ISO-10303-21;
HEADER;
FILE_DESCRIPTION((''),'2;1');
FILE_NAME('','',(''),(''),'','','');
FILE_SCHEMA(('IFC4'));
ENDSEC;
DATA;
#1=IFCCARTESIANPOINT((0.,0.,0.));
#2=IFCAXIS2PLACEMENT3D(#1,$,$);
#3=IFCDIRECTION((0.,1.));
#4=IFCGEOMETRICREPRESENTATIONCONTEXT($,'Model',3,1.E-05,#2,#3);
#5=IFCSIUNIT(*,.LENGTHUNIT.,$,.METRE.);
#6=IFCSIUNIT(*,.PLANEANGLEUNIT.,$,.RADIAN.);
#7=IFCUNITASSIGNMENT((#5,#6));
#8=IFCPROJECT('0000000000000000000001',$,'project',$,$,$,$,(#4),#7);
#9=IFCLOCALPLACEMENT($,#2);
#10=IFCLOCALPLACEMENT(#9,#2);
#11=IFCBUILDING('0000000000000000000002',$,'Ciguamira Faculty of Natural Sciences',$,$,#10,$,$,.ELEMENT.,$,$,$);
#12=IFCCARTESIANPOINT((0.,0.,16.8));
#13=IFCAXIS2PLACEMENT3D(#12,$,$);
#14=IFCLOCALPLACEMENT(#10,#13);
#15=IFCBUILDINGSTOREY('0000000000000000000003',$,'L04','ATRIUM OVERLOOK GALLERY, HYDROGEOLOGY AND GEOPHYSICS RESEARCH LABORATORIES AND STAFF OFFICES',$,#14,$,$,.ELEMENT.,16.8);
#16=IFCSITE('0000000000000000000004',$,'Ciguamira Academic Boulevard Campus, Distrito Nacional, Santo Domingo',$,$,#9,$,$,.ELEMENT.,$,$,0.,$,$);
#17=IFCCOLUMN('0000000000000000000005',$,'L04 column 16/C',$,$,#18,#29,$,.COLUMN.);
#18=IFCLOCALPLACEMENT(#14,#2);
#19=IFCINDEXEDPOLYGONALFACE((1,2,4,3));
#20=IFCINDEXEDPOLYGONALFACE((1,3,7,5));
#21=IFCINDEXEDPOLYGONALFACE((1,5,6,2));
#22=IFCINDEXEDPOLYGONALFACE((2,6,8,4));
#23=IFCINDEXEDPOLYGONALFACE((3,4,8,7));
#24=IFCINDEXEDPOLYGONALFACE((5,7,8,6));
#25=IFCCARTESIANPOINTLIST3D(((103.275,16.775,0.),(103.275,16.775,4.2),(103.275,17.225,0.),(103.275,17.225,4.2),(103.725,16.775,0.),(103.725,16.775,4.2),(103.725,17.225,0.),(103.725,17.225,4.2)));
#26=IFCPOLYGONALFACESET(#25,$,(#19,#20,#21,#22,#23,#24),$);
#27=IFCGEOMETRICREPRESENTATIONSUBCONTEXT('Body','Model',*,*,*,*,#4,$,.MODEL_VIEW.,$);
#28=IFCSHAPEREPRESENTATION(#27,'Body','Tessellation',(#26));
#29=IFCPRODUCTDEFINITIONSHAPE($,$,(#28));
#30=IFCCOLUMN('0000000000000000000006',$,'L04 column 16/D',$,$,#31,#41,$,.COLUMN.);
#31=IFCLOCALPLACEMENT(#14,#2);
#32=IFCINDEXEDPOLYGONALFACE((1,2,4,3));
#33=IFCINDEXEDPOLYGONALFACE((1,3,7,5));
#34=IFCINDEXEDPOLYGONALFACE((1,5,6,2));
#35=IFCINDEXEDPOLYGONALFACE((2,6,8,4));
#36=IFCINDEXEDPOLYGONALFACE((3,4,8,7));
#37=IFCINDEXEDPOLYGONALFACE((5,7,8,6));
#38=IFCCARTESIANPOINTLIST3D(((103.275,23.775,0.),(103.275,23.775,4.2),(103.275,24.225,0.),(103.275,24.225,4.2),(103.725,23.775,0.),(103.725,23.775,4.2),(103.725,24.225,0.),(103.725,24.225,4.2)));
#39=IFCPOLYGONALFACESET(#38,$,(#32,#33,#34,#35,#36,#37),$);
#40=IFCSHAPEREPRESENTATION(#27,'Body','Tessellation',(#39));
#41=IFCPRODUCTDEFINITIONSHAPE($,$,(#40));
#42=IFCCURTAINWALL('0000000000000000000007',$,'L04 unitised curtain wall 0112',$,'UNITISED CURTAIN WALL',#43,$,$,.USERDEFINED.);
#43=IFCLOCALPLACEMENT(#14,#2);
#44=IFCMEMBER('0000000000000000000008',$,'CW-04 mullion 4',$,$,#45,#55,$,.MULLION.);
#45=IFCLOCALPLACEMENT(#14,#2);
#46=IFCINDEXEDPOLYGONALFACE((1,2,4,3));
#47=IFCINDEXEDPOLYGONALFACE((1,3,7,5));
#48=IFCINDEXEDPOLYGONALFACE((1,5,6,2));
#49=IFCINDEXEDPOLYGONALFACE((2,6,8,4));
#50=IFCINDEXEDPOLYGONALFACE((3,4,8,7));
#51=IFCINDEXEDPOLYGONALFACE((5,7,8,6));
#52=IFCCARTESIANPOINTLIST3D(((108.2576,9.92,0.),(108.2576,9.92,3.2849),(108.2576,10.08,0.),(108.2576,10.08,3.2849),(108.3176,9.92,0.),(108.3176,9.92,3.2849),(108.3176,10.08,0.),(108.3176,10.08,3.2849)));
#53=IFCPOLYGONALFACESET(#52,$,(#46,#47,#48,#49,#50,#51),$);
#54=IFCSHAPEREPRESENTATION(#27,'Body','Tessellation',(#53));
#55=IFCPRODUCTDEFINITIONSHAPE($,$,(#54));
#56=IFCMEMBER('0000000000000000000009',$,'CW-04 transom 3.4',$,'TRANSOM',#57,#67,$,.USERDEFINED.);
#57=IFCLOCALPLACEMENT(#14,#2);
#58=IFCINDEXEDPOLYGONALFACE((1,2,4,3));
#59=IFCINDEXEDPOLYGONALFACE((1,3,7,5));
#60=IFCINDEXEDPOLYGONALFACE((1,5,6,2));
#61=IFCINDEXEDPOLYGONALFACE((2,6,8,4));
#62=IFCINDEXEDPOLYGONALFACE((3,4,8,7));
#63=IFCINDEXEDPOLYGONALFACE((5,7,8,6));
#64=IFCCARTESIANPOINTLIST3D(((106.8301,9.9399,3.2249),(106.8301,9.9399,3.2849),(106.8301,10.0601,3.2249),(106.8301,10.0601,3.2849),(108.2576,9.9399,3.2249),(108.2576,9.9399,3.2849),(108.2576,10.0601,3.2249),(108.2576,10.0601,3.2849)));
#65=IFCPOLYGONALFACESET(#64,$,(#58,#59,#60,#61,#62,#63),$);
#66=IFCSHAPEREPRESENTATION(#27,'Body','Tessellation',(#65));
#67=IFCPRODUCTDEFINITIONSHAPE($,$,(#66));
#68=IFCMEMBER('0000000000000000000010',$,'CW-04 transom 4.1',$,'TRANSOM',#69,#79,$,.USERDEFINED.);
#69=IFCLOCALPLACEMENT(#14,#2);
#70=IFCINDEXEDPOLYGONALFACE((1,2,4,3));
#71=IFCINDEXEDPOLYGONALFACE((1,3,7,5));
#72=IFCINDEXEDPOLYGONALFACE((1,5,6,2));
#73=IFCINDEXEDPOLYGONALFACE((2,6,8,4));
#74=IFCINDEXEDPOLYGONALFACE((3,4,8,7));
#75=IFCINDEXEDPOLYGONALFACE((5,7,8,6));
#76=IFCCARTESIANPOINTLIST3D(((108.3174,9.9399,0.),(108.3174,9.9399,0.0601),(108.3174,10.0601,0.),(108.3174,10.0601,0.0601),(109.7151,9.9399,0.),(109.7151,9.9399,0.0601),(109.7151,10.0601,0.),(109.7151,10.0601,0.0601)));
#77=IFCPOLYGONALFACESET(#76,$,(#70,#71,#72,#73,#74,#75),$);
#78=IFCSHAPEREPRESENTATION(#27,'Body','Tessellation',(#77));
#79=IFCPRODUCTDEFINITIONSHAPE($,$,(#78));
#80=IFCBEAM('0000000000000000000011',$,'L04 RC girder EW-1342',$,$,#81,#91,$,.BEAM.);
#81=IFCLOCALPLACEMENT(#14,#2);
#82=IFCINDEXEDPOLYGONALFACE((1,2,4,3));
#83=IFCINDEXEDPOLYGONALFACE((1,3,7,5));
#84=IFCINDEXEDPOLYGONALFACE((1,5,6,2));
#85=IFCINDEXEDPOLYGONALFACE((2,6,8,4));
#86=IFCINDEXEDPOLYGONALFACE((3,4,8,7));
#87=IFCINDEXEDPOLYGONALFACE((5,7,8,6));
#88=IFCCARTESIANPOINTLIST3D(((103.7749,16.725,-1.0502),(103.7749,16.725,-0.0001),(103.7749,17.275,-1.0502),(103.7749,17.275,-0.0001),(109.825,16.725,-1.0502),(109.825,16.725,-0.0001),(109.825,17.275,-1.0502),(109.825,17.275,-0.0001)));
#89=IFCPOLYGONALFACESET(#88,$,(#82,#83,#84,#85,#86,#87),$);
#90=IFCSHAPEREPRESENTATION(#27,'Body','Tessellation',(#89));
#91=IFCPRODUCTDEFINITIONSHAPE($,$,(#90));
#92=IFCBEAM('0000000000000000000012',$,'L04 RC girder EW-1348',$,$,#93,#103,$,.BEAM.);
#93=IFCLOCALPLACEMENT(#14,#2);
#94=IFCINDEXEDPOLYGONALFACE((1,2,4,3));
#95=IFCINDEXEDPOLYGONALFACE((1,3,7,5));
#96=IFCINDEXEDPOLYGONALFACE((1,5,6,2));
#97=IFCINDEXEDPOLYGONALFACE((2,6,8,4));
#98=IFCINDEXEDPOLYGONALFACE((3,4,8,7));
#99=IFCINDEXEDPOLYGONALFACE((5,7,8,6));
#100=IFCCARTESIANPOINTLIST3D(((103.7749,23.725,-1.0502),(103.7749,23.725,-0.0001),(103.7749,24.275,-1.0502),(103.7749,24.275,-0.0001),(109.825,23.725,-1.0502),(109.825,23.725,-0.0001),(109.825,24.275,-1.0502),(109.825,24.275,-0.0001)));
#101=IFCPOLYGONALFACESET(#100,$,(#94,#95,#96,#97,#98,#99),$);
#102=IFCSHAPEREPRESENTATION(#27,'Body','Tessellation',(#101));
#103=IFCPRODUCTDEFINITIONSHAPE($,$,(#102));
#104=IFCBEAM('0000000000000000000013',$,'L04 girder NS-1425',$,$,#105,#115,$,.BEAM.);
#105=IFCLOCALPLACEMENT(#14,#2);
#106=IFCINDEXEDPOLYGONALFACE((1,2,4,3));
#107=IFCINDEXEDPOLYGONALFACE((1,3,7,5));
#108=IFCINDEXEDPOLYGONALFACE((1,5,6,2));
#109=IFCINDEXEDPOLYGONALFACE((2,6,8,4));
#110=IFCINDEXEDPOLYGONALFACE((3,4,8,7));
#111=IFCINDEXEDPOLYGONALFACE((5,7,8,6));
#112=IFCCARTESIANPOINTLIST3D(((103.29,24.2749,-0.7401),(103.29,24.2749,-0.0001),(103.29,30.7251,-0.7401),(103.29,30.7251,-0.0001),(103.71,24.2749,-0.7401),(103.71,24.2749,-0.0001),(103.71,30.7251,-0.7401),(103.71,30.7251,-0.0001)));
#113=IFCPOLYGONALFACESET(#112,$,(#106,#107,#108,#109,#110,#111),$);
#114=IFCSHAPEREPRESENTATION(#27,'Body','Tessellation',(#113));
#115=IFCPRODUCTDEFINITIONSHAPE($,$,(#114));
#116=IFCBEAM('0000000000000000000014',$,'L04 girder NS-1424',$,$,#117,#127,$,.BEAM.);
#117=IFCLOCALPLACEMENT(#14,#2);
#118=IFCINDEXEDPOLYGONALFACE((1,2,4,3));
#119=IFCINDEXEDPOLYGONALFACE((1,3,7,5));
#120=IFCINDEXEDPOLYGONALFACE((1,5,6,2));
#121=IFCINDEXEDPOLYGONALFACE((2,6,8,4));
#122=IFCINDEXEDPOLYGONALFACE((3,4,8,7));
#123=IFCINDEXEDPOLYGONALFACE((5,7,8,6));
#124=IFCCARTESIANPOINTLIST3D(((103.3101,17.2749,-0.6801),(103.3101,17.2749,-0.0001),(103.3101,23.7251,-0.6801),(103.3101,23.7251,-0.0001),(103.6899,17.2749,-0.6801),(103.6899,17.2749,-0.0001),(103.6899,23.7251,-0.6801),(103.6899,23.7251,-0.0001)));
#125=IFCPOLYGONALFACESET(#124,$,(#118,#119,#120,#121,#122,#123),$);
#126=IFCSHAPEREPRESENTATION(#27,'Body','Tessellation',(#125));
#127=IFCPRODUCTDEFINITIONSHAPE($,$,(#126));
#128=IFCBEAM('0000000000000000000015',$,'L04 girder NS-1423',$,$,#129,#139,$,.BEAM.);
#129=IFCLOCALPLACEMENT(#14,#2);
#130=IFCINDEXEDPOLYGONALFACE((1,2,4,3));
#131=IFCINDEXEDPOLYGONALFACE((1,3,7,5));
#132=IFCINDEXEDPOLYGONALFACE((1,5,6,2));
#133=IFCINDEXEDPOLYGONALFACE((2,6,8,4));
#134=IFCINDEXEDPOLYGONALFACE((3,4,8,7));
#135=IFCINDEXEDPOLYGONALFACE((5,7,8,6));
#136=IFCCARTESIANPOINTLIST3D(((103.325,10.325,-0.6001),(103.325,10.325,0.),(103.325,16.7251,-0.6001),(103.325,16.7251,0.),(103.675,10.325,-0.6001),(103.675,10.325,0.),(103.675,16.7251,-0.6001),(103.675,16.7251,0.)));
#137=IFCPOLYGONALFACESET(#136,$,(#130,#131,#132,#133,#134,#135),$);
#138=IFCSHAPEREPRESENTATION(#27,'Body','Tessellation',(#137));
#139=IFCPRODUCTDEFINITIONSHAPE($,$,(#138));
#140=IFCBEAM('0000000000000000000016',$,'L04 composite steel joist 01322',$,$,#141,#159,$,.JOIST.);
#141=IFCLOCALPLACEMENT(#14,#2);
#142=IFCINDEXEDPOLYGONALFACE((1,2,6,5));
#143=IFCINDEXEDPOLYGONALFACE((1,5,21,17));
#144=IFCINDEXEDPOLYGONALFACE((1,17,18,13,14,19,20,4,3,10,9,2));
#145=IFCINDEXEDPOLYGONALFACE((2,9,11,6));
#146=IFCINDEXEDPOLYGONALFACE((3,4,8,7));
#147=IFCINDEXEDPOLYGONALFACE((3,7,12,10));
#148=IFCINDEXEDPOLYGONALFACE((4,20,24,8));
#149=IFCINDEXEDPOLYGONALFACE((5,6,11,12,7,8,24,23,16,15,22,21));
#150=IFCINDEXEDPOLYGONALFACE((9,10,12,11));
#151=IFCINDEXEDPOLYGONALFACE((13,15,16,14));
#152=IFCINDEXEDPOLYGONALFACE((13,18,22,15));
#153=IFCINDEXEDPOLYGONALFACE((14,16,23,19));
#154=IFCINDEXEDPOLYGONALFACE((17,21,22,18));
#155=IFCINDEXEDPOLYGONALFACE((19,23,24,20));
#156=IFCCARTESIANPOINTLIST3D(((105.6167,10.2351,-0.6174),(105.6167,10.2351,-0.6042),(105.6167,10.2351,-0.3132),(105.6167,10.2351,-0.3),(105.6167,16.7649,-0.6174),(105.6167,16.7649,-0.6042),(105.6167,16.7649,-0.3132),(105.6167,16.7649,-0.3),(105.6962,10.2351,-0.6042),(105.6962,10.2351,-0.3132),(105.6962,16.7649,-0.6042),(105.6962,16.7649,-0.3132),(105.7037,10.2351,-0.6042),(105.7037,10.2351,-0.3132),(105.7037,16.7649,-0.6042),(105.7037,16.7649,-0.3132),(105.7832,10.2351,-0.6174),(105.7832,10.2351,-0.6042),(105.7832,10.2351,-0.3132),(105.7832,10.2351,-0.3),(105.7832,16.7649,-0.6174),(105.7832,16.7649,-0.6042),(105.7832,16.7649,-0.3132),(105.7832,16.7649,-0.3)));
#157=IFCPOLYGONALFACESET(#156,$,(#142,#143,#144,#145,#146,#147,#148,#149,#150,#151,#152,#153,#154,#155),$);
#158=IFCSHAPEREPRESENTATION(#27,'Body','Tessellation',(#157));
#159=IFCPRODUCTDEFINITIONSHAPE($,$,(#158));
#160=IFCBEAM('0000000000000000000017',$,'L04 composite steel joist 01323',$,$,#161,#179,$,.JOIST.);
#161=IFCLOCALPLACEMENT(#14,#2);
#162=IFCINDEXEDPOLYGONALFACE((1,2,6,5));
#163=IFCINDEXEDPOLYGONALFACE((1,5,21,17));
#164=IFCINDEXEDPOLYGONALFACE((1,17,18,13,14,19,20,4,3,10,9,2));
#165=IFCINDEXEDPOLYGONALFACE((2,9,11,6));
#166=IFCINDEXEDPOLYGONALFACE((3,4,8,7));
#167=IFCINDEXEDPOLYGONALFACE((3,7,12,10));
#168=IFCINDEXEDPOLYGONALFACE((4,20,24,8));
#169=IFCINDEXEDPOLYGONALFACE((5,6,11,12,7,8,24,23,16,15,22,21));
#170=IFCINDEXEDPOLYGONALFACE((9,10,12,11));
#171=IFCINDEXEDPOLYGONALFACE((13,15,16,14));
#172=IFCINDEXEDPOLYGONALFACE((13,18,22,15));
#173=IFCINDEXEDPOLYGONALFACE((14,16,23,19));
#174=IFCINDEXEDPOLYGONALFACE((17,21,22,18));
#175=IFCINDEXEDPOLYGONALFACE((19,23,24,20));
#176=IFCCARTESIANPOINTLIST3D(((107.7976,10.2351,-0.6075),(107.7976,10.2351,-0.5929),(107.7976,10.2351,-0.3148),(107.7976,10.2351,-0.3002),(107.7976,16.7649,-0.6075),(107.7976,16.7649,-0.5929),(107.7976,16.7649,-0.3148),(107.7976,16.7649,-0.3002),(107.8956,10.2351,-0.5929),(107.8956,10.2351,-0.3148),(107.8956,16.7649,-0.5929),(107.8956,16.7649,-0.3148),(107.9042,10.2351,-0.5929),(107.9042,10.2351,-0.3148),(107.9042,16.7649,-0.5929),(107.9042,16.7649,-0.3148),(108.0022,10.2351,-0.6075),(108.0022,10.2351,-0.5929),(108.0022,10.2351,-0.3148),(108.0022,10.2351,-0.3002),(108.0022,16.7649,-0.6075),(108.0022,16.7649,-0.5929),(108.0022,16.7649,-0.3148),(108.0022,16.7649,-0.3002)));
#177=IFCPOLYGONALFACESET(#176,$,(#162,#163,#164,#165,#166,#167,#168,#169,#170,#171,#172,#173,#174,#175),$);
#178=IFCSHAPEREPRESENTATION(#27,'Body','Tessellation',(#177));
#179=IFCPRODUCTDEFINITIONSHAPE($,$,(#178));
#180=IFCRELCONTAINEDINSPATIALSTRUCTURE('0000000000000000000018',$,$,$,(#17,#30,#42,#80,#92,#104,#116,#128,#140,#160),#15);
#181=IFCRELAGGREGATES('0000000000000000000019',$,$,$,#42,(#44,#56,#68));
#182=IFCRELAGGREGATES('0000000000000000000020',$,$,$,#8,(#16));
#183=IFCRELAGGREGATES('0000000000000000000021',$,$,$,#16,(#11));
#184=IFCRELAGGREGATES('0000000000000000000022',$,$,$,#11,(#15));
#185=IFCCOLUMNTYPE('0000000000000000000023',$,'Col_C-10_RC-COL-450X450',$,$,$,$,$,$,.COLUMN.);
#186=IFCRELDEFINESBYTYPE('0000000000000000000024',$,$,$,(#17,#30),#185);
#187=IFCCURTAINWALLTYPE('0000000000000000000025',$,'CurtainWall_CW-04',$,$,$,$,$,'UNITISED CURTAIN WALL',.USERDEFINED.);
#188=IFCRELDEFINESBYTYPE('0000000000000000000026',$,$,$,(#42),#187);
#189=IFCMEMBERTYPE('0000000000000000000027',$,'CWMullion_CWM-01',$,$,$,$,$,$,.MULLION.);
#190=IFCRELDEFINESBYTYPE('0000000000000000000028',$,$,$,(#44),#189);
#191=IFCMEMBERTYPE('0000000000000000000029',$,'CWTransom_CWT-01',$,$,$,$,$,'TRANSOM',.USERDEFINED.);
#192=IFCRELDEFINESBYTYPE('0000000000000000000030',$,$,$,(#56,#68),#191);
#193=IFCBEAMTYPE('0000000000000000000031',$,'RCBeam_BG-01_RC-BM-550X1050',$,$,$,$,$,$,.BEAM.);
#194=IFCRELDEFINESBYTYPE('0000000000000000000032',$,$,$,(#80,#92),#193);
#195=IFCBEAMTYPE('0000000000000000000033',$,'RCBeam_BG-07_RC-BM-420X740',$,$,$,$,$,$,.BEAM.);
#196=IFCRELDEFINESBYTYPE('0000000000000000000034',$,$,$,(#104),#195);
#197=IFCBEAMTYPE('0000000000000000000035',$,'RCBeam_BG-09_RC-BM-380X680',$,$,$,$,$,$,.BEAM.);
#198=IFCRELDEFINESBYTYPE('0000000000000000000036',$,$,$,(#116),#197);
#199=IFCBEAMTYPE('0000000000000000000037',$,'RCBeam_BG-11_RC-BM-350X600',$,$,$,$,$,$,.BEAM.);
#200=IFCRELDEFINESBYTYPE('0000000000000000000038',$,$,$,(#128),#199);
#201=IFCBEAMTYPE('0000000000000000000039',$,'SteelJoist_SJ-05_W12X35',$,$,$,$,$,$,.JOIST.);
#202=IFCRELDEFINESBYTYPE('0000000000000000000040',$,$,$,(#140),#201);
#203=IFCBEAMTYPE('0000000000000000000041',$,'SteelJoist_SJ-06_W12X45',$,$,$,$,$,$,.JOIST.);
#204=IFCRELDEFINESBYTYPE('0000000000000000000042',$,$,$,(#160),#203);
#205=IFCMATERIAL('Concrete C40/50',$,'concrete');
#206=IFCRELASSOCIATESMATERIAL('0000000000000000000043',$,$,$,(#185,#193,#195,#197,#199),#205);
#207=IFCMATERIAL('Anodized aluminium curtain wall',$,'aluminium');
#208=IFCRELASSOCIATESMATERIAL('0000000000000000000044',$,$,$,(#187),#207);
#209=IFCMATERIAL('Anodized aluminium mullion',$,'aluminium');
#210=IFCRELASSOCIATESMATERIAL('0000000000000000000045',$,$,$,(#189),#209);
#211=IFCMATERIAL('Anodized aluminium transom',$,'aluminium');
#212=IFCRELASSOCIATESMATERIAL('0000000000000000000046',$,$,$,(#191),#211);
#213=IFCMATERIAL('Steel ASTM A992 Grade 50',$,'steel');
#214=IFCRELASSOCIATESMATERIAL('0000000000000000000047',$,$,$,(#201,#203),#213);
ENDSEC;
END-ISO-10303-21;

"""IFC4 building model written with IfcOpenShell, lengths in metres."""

from ifc_helpers import new_model, si_unit, direction, frame, origin, origin_2d, place, context, subcontext, project, spatial, rectangle, i_section, extrude, material, material_profile, profile_set, type_object, element, aggregate, save


model = new_model("IFC4")

# Units and contexts
model_context = context("Model", 3, precision=1e-05, world=origin(), true_north=direction((0.0, 1.0)))
body_context = subcontext(model_context, "Body", "Model", "MODEL_VIEW")
ifc_project = project(units=[si_unit("LENGTHUNIT", "METRE"), si_unit("PLANEANGLEUNIT", "RADIAN")], contexts=[model_context])

# Site, building, storey
site_placement = place(None, origin())
site = spatial("IfcSite", under=ifc_project, at=site_placement, Name="Ciguamira Academic Boulevard Campus, Distrito Nacional, Santo Domingo", CompositionType="ELEMENT", RefElevation=0.0)
building_placement = place(site_placement, origin())
building = spatial("IfcBuilding", under=site, at=building_placement, Name="Ciguamira Faculty of Natural Sciences", CompositionType="ELEMENT")
storey_placement = place(building_placement, frame((0.0, 0.0, 16.8)))
storey = spatial("IfcBuildingStorey", under=building, at=storey_placement, Name="L04", Description="ATRIUM OVERLOOK GALLERY, HYDROGEOLOGY AND GEOPHYSICS RESEARCH LABORATORIES AND STAFF OFFICES", CompositionType="ELEMENT", Elevation=16.8)

# Columns
ifc_material_1 = material(Name="Concrete C40/50", Category="concrete")
ifc_material_profile_1 = material_profile(ifc_material_1, rectangle(XDim=0.45, YDim=0.45, at=origin_2d()), Name="RC-COL-450X450")
ifc_profile_set_1 = profile_set([ifc_material_profile_1], Name="Concrete C40/50")
column_type = type_object("IfcColumnType", Name="Col_C-10_RC-COL-450X450", PredefinedType="COLUMN", material=ifc_profile_set_1)
for number, where, z_axis, x_axis, name in (
    (1, (103.5, 17.0, 0.0), (0.0, 0.0, 1.0), (1.0, 0.0, 0.0), "L04 column 16/C"),
    (2, (103.5, 24.0, 0.0), (0.0, 0.0, 1.0), (1.0, 0.0, 0.0), "L04 column 16/D"),
):
    element("IfcColumn", number, at=place(storey_placement, frame(where, z_axis=z_axis, x_axis=x_axis)), inside=storey, type_object=column_type, Name=name, PredefinedType="COLUMN", context=body_context, shape_type="SweptSolid", body=[
        extrude(rectangle(XDim=0.45, YDim=0.45, at=origin_2d()), origin(), (0.0, 0.0, 1.0), 4.2),
    ])

# Curtain wall, members
ifc_material_2 = material(Name="Anodized aluminium curtain wall", Category="aluminium")
curtain_wall_type = type_object("IfcCurtainWallType", Name="CurtainWall_CW-04", ElementType="UNITISED CURTAIN WALL", PredefinedType="USERDEFINED", material=ifc_material_2)
curtain_wall_placement = place(storey_placement, origin())
curtain_wall = element("IfcCurtainWall", 3, at=curtain_wall_placement, inside=storey, type_object=curtain_wall_type, Name="L04 unitised curtain wall 0112", ObjectType="UNITISED CURTAIN WALL", PredefinedType="USERDEFINED")
ifc_material_3 = material(Name="Anodized aluminium mullion", Category="aluminium")
ifc_material_profile_2 = material_profile(ifc_material_3, rectangle(XDim=0.0601, YDim=0.1599, at=origin_2d()), Name="ALU-MUL-60X160")
ifc_profile_set_2 = profile_set([ifc_material_profile_2], Name="Anodized aluminium mullion")
member_type_1 = type_object("IfcMemberType", Name="CWMullion_CWM-01", PredefinedType="MULLION", material=ifc_profile_set_2)
member_1_placement = place(storey_placement, frame((108.2876, 10.0, 0.0), z_axis=(0.0, 0.0, 1.0), x_axis=(1.0, 0.0, 0.0)))
member_1 = element("IfcMember", 4, at=member_1_placement, type_object=member_type_1, Name="CW-04 mullion 4", PredefinedType="MULLION", context=body_context, shape_type="SweptSolid", body=[
    extrude(rectangle(XDim=0.0601, YDim=0.1599, at=origin_2d()), origin(), (0.0, 0.0, 1.0), 3.2849),
])
ifc_material_4 = material(Name="Anodized aluminium transom", Category="aluminium")
ifc_material_profile_3 = material_profile(ifc_material_4, rectangle(XDim=0.0601, YDim=0.1201, at=origin_2d()), Name="ALU-TRN-60X120")
ifc_profile_set_3 = profile_set([ifc_material_profile_3], Name="Anodized aluminium transom")
member_type_2 = type_object("IfcMemberType", Name="CWTransom_CWT-01", ElementType="TRANSOM", PredefinedType="USERDEFINED", material=ifc_profile_set_3)
member_2_placement = place(storey_placement, frame((106.8301, 10.0, 3.2549), z_axis=(1.0, 0.0, 0.0), x_axis=(0.0, 0.0, 1.0)))
member_2 = element("IfcMember", 5, at=member_2_placement, type_object=member_type_2, Name="CW-04 transom 3.4", ObjectType="TRANSOM", PredefinedType="USERDEFINED", context=body_context, shape_type="SweptSolid", body=[
    extrude(rectangle(XDim=0.0601, YDim=0.1201, at=origin_2d()), origin(), (0.0, 0.0, 1.0), 1.4275),
])
member_3_placement = place(storey_placement, frame((108.3174, 10.0, 0.03), z_axis=(1.0, 0.0, 0.0), x_axis=(0.0, 0.0, 1.0)))
member_3 = element("IfcMember", 6, at=member_3_placement, type_object=member_type_2, Name="CW-04 transom 4.1", ObjectType="TRANSOM", PredefinedType="USERDEFINED", context=body_context, shape_type="SweptSolid", body=[
    extrude(rectangle(XDim=0.0601, YDim=0.1201, at=origin_2d()), origin(), (0.0, 0.0, 1.0), 1.3977),
])

# Beams
ifc_material_profile_4 = material_profile(ifc_material_1, rectangle(XDim=0.55, YDim=1.05, at=origin_2d()), Name="RC-BM-550X1050")
ifc_profile_set_4 = profile_set([ifc_material_profile_4], Name="Concrete C40/50")
beam_type_1 = type_object("IfcBeamType", Name="RCBeam_BG-01_RC-BM-550X1050", PredefinedType="BEAM", material=ifc_profile_set_4)
for number, where, z_axis, x_axis, name in (
    (7, (103.7749, 17.0, -0.5251), (1.0, 0.0, 0.0), (0.0, 1.0, 0.0), "L04 RC girder EW-1342"),
    (8, (103.7749, 24.0, -0.5251), (1.0, 0.0, 0.0), (0.0, 1.0, 0.0), "L04 RC girder EW-1348"),
):
    element("IfcBeam", number, at=place(storey_placement, frame(where, z_axis=z_axis, x_axis=x_axis)), inside=storey, type_object=beam_type_1, Name=name, PredefinedType="BEAM", context=body_context, shape_type="SweptSolid", body=[
        extrude(rectangle(XDim=0.55, YDim=1.05, at=origin_2d()), origin(), (0.0, 0.0, 1.0), 6.05),
    ])
ifc_material_profile_5 = material_profile(ifc_material_1, rectangle(XDim=0.4199, YDim=0.74, at=origin_2d()), Name="RC-BM-420X740")
ifc_profile_set_5 = profile_set([ifc_material_profile_5], Name="Concrete C40/50")
beam_type_2 = type_object("IfcBeamType", Name="RCBeam_BG-07_RC-BM-420X740", PredefinedType="BEAM", material=ifc_profile_set_5)
beam_1_placement = place(storey_placement, frame((103.5, 24.2749, -0.3701), z_axis=(0.0, 1.0, 0.0), x_axis=(-1.0, 0.0, 0.0)))
element("IfcBeam", 9, at=beam_1_placement, inside=storey, type_object=beam_type_2, Name="L04 girder NS-1425", PredefinedType="BEAM", context=body_context, shape_type="SweptSolid", body=[
    extrude(rectangle(XDim=0.4199, YDim=0.74, at=origin_2d()), origin(), (0.0, 0.0, 1.0), 6.4502),
])
ifc_material_profile_6 = material_profile(ifc_material_1, rectangle(XDim=0.3799, YDim=0.6799, at=origin_2d()), Name="RC-BM-380X680")
ifc_profile_set_6 = profile_set([ifc_material_profile_6], Name="Concrete C40/50")
beam_type_3 = type_object("IfcBeamType", Name="RCBeam_BG-09_RC-BM-380X680", PredefinedType="BEAM", material=ifc_profile_set_6)
beam_2_placement = place(storey_placement, frame((103.5, 17.2749, -0.3401), z_axis=(0.0, 1.0, 0.0), x_axis=(-1.0, 0.0, 0.0)))
element("IfcBeam", 10, at=beam_2_placement, inside=storey, type_object=beam_type_3, Name="L04 girder NS-1424", PredefinedType="BEAM", context=body_context, shape_type="SweptSolid", body=[
    extrude(rectangle(XDim=0.3799, YDim=0.6799, at=origin_2d()), origin(), (0.0, 0.0, 1.0), 6.4502),
])
ifc_material_profile_7 = material_profile(ifc_material_1, rectangle(XDim=0.3501, YDim=0.6001, at=origin_2d()), Name="RC-BM-350X600")
ifc_profile_set_7 = profile_set([ifc_material_profile_7], Name="Concrete C40/50")
beam_type_4 = type_object("IfcBeamType", Name="RCBeam_BG-11_RC-BM-350X600", PredefinedType="BEAM", material=ifc_profile_set_7)
beam_3_placement = place(storey_placement, frame((103.5, 10.325, -0.3), z_axis=(0.0, 1.0, 0.0), x_axis=(-1.0, 0.0, 0.0)))
element("IfcBeam", 11, at=beam_3_placement, inside=storey, type_object=beam_type_4, Name="L04 girder NS-1423", PredefinedType="BEAM", context=body_context, shape_type="SweptSolid", body=[
    extrude(rectangle(XDim=0.3501, YDim=0.6001, at=origin_2d()), origin(), (0.0, 0.0, 1.0), 6.4001),
])
ifc_material_5 = material(Name="Steel ASTM A992 Grade 50", Category="steel")
ifc_material_profile_8 = material_profile(ifc_material_5, i_section(OverallWidth=0.1665, OverallDepth=0.3174, WebThickness=0.0076, FlangeThickness=0.0132, at=origin_2d()), Name="W12X35")
ifc_profile_set_8 = profile_set([ifc_material_profile_8], Name="Steel ASTM A992 Grade 50")
beam_type_5 = type_object("IfcBeamType", Name="SteelJoist_SJ-05_W12X35", PredefinedType="JOIST", material=ifc_profile_set_8)
beam_4_placement = place(storey_placement, frame((105.7, 10.2351, -0.4587), z_axis=(0.0, 1.0, 0.0), x_axis=(-1.0, 0.0, 0.0)))
element("IfcBeam", 12, at=beam_4_placement, inside=storey, type_object=beam_type_5, Name="L04 composite steel joist 01322", PredefinedType="JOIST", context=body_context, shape_type="SweptSolid", body=[
    extrude(i_section(OverallWidth=0.1665, OverallDepth=0.3174, WebThickness=0.0076, FlangeThickness=0.0132, at=origin_2d()), origin(), (0.0, 0.0, 1.0), 6.5298),
])
ifc_material_profile_9 = material_profile(ifc_material_5, i_section(OverallWidth=0.2046, OverallDepth=0.3074, WebThickness=0.0085, FlangeThickness=0.0146, at=origin_2d()), Name="W12X45")
ifc_profile_set_9 = profile_set([ifc_material_profile_9], Name="Steel ASTM A992 Grade 50")
beam_type_6 = type_object("IfcBeamType", Name="SteelJoist_SJ-06_W12X45", PredefinedType="JOIST", material=ifc_profile_set_9)
beam_5_placement = place(storey_placement, frame((107.8999, 10.2351, -0.4539), z_axis=(0.0, 1.0, 0.0), x_axis=(-1.0, 0.0, 0.0)))
element("IfcBeam", 13, at=beam_5_placement, inside=storey, type_object=beam_type_6, Name="L04 composite steel joist 01323", PredefinedType="JOIST", context=body_context, shape_type="SweptSolid", body=[
    extrude(i_section(OverallWidth=0.2046, OverallDepth=0.3074, WebThickness=0.0085, FlangeThickness=0.0146, at=origin_2d()), origin(), (0.0, 0.0, 1.0), 6.5298),
])

aggregate(curtain_wall, [member_1, member_2, member_3])

save(model, "model.ifc")
